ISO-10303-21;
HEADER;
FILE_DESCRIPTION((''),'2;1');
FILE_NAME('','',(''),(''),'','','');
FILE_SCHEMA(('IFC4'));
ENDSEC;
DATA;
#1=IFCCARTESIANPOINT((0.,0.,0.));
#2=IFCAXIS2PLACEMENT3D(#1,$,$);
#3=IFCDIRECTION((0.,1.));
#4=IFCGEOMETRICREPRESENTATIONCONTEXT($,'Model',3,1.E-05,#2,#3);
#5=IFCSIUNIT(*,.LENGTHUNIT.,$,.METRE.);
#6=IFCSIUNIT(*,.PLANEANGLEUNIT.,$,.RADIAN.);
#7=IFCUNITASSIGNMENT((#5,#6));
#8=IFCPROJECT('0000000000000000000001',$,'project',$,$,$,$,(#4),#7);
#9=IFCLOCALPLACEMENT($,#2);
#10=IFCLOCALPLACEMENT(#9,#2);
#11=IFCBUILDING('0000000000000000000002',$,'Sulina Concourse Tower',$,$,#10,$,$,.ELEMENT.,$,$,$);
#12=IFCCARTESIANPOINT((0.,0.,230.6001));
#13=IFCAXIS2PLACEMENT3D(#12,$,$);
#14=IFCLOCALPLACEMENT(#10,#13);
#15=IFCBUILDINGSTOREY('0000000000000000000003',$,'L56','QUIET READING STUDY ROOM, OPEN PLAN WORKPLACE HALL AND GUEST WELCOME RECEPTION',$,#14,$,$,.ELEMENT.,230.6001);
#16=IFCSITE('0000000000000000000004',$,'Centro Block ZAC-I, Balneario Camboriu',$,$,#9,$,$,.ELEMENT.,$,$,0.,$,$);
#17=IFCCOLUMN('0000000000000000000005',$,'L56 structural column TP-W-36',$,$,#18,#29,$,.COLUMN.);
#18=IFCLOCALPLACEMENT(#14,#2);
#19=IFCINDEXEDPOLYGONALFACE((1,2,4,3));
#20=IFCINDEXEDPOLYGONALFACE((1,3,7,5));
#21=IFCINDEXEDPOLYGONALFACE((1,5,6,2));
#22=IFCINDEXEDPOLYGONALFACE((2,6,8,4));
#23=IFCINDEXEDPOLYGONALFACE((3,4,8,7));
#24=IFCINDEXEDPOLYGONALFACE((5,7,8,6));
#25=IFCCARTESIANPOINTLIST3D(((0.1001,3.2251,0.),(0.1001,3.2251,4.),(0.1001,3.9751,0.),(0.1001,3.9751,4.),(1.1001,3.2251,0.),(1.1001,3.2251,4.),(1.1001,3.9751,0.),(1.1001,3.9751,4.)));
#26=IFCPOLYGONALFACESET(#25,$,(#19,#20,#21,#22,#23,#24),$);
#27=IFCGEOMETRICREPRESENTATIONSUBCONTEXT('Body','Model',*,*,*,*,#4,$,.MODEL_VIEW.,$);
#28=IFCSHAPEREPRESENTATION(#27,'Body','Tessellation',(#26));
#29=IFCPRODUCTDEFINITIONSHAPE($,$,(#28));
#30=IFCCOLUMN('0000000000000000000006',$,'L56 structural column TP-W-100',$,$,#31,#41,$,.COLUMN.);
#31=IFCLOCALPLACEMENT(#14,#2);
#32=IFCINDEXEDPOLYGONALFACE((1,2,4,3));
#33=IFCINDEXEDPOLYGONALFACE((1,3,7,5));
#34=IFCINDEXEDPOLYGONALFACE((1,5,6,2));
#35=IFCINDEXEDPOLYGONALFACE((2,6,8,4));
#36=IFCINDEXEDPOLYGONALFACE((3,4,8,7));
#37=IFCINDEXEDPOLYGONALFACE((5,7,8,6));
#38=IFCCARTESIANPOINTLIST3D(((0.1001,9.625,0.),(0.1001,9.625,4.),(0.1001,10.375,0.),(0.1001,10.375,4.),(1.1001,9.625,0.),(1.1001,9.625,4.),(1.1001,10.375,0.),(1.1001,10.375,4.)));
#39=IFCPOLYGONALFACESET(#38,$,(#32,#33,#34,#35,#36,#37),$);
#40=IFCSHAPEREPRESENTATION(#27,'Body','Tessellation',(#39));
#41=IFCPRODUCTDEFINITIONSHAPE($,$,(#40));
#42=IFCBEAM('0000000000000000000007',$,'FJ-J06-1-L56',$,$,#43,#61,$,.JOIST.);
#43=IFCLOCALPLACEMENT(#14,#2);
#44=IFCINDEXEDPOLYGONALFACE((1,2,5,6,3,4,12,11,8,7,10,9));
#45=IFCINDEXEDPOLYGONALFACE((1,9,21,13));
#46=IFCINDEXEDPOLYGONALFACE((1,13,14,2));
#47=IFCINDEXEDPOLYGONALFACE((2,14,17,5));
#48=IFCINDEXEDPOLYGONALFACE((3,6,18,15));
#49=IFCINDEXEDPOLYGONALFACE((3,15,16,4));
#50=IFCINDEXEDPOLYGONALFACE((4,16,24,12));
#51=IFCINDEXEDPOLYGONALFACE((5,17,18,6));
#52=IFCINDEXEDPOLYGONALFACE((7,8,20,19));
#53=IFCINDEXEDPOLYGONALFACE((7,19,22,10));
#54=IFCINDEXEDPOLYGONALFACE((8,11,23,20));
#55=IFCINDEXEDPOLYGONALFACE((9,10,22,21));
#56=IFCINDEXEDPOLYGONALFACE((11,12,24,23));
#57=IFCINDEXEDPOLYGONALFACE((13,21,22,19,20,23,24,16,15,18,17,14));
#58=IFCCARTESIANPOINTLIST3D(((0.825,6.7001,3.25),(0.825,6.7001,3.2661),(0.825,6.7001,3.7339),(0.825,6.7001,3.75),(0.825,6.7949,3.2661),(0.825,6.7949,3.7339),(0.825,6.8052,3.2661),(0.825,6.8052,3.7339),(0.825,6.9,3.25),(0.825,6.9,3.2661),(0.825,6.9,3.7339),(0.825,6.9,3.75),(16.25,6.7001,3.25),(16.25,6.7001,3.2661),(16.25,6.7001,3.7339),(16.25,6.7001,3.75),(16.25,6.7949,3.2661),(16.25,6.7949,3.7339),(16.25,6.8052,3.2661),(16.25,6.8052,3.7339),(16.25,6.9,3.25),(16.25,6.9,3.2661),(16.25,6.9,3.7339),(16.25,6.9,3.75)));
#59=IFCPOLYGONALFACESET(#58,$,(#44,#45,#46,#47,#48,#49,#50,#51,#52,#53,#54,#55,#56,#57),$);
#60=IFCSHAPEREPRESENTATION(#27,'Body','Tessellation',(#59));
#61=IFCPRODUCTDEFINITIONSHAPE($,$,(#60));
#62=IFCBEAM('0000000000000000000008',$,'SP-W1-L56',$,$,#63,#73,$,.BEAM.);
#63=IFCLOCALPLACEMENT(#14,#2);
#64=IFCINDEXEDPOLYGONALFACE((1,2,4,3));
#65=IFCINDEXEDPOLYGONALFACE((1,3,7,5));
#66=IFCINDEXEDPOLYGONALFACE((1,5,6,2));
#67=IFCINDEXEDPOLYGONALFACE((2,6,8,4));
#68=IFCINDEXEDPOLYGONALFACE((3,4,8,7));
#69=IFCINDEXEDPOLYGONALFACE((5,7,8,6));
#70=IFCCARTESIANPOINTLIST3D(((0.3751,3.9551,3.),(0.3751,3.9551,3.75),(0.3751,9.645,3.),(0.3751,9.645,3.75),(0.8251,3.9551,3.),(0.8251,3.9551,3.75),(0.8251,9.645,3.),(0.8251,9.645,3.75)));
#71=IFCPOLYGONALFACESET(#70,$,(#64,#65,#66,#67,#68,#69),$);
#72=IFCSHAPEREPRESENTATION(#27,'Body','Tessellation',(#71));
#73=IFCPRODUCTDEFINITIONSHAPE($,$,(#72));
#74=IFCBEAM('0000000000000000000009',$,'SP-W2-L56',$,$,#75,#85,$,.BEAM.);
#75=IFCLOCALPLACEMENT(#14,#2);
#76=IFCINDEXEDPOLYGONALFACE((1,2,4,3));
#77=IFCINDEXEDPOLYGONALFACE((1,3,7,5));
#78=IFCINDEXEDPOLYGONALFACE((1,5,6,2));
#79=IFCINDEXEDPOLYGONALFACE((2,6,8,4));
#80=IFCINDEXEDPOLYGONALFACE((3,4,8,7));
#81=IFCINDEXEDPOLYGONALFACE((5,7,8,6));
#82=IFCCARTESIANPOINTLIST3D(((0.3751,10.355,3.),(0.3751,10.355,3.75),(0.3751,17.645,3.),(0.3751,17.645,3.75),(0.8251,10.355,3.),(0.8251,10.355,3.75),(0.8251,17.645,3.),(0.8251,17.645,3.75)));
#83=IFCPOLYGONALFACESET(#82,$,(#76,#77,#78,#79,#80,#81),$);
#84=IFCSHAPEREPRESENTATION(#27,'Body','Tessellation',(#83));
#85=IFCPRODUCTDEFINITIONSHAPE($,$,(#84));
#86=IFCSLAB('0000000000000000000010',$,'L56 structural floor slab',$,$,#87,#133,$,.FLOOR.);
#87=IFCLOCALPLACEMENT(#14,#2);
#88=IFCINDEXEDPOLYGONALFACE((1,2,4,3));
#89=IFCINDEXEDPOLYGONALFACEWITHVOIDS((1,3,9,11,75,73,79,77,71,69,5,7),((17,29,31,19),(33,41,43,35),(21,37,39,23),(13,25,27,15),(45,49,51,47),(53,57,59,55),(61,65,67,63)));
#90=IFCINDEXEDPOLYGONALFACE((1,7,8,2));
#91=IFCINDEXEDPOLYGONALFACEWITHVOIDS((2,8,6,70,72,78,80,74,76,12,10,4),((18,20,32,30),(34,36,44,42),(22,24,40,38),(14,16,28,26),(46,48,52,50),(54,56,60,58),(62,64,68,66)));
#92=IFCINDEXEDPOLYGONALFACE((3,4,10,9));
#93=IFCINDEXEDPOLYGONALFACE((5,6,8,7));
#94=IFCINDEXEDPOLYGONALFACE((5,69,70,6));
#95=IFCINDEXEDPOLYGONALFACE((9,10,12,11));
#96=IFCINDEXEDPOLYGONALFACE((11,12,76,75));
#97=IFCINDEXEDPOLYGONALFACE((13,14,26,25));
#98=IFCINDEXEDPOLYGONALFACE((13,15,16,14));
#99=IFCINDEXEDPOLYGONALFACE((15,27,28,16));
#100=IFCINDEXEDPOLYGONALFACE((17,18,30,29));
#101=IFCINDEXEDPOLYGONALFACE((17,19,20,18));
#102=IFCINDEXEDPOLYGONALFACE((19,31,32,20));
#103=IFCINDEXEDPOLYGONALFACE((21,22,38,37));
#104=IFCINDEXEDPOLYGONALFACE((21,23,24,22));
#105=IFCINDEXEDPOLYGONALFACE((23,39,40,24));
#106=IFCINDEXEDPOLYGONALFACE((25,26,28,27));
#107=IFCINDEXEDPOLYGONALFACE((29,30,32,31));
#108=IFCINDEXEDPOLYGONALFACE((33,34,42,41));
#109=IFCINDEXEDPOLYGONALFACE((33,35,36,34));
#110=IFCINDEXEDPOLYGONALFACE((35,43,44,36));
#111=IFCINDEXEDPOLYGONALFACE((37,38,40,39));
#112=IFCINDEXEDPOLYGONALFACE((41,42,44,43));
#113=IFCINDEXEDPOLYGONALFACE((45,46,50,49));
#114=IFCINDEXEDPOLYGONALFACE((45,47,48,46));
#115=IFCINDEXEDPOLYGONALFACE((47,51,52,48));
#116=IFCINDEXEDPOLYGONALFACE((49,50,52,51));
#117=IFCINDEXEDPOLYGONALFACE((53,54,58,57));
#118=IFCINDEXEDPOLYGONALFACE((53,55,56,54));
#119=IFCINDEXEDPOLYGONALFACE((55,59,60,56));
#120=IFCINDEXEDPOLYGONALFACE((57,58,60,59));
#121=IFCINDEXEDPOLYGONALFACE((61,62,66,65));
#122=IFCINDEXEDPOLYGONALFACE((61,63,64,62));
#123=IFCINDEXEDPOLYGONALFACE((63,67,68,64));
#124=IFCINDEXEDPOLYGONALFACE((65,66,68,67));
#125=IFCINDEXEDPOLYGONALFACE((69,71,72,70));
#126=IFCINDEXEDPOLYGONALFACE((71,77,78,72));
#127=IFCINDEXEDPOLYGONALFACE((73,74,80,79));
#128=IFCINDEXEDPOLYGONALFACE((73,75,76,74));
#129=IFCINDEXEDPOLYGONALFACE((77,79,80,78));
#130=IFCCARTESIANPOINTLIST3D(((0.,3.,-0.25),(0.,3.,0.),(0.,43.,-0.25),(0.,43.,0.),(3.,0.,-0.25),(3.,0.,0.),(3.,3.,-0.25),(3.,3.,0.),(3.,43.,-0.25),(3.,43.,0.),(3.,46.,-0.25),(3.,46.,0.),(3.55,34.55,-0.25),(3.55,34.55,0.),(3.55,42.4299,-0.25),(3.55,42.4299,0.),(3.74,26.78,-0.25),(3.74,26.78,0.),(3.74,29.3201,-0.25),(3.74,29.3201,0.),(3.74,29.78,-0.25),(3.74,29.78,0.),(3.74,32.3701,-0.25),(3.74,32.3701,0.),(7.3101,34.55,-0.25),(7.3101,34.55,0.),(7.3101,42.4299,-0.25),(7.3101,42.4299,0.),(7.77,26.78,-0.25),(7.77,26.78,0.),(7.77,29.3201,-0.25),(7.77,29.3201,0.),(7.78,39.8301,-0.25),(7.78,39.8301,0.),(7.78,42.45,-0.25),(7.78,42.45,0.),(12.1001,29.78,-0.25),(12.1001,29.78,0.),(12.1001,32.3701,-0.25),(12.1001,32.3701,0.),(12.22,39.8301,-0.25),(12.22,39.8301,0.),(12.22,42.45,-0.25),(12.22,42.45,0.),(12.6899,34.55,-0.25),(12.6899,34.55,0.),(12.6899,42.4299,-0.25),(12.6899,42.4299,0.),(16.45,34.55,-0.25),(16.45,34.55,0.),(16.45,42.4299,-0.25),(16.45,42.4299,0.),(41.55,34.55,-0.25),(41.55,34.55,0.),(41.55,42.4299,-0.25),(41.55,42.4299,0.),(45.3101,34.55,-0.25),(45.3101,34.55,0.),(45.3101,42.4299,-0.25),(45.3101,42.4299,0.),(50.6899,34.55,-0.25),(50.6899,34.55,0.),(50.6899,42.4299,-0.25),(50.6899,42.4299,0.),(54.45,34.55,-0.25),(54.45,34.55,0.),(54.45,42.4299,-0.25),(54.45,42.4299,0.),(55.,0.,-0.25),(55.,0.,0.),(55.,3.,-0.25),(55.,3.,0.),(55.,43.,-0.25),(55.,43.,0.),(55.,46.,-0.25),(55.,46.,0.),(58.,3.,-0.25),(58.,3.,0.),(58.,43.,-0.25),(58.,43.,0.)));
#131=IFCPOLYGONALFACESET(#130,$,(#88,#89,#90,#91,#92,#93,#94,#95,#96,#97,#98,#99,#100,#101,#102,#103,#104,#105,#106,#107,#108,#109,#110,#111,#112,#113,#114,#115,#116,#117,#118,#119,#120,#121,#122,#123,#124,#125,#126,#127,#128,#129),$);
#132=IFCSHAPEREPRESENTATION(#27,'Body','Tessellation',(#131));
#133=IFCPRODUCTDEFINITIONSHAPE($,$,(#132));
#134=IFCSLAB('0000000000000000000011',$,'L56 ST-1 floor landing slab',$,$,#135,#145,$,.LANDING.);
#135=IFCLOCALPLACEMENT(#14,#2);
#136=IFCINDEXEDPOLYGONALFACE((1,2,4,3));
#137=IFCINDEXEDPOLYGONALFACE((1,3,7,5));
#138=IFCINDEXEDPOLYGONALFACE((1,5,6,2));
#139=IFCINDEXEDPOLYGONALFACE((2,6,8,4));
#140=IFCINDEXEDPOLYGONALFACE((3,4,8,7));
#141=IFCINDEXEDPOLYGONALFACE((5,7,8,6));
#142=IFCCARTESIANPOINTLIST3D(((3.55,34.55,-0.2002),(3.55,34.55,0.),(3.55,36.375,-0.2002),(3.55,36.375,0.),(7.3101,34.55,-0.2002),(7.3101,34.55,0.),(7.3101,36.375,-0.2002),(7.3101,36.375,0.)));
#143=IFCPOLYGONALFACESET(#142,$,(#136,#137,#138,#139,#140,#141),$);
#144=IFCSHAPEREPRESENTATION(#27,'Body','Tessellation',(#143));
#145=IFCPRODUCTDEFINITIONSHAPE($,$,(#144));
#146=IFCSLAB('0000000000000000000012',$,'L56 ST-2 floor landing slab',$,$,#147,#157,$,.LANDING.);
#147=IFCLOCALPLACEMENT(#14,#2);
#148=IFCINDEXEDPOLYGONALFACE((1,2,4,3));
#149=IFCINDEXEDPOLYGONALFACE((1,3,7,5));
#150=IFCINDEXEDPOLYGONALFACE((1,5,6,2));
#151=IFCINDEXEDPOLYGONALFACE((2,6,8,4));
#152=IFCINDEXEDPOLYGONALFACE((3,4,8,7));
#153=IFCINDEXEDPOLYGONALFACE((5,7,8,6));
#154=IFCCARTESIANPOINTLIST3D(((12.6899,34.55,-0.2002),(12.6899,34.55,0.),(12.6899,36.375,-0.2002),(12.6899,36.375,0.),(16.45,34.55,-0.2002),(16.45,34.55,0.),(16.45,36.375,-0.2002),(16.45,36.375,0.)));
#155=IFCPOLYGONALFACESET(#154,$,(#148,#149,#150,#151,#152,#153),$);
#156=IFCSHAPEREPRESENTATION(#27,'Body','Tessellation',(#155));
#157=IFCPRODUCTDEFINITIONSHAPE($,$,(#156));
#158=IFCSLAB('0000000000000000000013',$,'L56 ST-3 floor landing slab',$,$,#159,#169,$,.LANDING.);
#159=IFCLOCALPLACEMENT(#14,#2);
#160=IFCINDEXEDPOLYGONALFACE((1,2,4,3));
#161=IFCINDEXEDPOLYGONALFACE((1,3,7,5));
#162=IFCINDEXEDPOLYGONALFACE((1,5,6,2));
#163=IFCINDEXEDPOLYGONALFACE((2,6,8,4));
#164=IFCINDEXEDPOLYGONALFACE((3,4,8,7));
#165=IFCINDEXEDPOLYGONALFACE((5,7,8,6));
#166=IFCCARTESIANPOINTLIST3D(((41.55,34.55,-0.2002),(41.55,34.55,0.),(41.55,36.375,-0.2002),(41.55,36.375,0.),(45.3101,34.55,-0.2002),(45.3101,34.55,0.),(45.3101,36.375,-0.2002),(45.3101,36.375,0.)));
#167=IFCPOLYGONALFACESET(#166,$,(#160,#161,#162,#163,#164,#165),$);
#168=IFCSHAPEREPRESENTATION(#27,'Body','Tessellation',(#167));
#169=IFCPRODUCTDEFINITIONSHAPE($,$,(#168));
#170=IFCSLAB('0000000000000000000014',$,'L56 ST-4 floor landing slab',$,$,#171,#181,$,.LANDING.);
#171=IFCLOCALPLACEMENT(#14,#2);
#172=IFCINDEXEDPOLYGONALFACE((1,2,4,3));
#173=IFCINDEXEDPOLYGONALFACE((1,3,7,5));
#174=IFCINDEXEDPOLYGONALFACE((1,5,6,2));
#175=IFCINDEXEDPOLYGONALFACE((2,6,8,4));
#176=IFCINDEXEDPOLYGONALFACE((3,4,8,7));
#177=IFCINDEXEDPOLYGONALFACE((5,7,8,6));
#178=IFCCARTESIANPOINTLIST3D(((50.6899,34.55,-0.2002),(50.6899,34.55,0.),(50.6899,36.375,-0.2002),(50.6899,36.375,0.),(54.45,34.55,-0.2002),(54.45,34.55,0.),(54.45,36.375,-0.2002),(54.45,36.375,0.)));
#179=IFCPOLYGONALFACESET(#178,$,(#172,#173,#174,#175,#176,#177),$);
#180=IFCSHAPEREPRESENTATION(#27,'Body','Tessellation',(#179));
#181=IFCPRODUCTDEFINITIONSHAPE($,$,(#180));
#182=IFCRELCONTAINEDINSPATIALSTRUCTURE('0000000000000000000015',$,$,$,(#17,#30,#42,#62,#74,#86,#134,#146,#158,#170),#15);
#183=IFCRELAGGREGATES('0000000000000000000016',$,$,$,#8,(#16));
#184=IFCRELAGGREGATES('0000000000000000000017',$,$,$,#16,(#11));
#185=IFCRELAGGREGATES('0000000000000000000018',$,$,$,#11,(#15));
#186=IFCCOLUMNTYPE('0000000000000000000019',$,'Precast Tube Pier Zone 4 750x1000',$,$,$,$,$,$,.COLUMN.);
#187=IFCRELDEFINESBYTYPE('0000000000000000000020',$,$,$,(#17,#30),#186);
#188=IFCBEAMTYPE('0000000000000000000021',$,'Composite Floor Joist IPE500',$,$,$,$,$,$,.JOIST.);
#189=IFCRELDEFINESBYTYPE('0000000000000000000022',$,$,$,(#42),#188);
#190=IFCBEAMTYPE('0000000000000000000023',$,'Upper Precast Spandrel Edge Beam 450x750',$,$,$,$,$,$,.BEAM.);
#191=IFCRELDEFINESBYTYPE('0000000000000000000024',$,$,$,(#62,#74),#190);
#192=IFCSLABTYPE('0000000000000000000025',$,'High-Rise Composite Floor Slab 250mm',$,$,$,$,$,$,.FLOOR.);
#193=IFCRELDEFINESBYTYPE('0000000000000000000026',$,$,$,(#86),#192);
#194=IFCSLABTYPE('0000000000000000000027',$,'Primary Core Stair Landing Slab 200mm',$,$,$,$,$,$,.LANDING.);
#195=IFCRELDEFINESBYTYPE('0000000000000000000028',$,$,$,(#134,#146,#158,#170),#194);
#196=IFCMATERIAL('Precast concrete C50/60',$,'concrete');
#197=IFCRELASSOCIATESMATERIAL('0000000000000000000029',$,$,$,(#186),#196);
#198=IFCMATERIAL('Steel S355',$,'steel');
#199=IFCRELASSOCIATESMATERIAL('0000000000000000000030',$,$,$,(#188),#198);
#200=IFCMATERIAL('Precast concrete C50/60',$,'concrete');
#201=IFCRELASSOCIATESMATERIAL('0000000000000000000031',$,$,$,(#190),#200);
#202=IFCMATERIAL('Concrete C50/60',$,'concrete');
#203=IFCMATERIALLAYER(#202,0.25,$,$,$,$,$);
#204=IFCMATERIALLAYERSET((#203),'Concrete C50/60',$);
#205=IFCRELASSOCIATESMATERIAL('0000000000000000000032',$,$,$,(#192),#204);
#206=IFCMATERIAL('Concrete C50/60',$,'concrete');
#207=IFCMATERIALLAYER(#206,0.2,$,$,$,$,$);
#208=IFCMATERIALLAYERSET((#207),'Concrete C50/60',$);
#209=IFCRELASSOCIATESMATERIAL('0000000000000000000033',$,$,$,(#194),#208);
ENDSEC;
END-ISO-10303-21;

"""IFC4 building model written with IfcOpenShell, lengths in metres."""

from ifc_helpers import new_model, si_unit, direction, frame, origin, origin_2d, place, context, subcontext, project, spatial, polyline, rectangle, i_section, outline, extrude, material, layer, layer_set, material_profile, profile_set, type_object, element, save


model = new_model("IFC4")

# Units and contexts
model_context = context("Model", 3, precision=1e-05, world=origin(), true_north=direction((0.0, 1.0)))
body_context = subcontext(model_context, "Body", "Model", "MODEL_VIEW")
ifc_project = project(units=[si_unit("LENGTHUNIT", "METRE"), si_unit("PLANEANGLEUNIT", "RADIAN")], contexts=[model_context])

# Site, building, storey
site_placement = place(None, origin())
site = spatial("IfcSite", under=ifc_project, at=site_placement, Name="Centro Block ZAC-I, Balneario Camboriu", CompositionType="ELEMENT", RefElevation=0.0)
building_placement = place(site_placement, origin())
building = spatial("IfcBuilding", under=site, at=building_placement, Name="Sulina Concourse Tower", CompositionType="ELEMENT")
storey_placement = place(building_placement, frame((0.0, 0.0, 230.6001)))
storey = spatial("IfcBuildingStorey", under=building, at=storey_placement, Name="L56", Description="QUIET READING STUDY ROOM, OPEN PLAN WORKPLACE HALL AND GUEST WELCOME RECEPTION", CompositionType="ELEMENT", Elevation=230.6001)

# Columns
ifc_material_1 = material(Name="Precast concrete C50/60", Category="concrete")
ifc_material_profile_1 = material_profile(ifc_material_1, rectangle(XDim=0.75, YDim=1.0, at=origin_2d()), Name="PC 750x1000")
ifc_profile_set_1 = profile_set([ifc_material_profile_1], Name="Precast concrete C50/60")
column_type = type_object("IfcColumnType", Name="Precast Tube Pier Zone 4 750x1000", PredefinedType="COLUMN", material=ifc_profile_set_1)
for number, where, z_axis, x_axis, name in (
    (1, (0.6001, 3.6001, 0.0), (0.0, 0.0, 1.0), (0.0, 1.0, 0.0), "L56 structural column TP-W-36"),
    (2, (0.6001, 10.0, 0.0), (0.0, 0.0, 1.0), (0.0, 1.0, 0.0), "L56 structural column TP-W-100"),
):
    element("IfcColumn", number, at=place(storey_placement, frame(where, z_axis=z_axis, x_axis=x_axis)), inside=storey, type_object=column_type, Name=name, PredefinedType="COLUMN", context=body_context, shape_type="SweptSolid", body=[
        extrude(rectangle(XDim=0.75, YDim=1.0, at=origin_2d()), origin(), (0.0, 0.0, 1.0), 4.0),
    ])

# Beams
ifc_material_2 = material(Name="Steel S355", Category="steel")
ifc_material_profile_2 = material_profile(ifc_material_2, i_section(OverallWidth=0.2, OverallDepth=0.5, WebThickness=0.0103, FlangeThickness=0.0161, at=origin_2d()), Name="IPE 500")
ifc_profile_set_2 = profile_set([ifc_material_profile_2], Name="Steel S355")
beam_type_1 = type_object("IfcBeamType", Name="Composite Floor Joist IPE500", PredefinedType="JOIST", material=ifc_profile_set_2)
beam_1_placement = place(storey_placement, frame((0.825, 6.8, 3.5), z_axis=(1.0, 0.0, 0.0), x_axis=(0.0, 1.0, 0.0)))
element("IfcBeam", 3, at=beam_1_placement, inside=storey, type_object=beam_type_1, Name="FJ-J06-1-L56", PredefinedType="JOIST", context=body_context, shape_type="SweptSolid", body=[
    extrude(i_section(OverallWidth=0.2, OverallDepth=0.5, WebThickness=0.0103, FlangeThickness=0.0161, at=origin_2d()), origin(), (0.0, 0.0, 1.0), 15.425),
])
ifc_material_3 = material(Name="Precast concrete C50/60", Category="concrete")
ifc_material_profile_3 = material_profile(ifc_material_3, rectangle(XDim=0.45, YDim=0.75, at=origin_2d()), Name="RC 450x750")
ifc_profile_set_3 = profile_set([ifc_material_profile_3], Name="Precast concrete C50/60")
beam_type_2 = type_object("IfcBeamType", Name="Upper Precast Spandrel Edge Beam 450x750", PredefinedType="BEAM", material=ifc_profile_set_3)
beam_2_placement = place(storey_placement, frame((0.6001, 3.9551, 3.375), z_axis=(0.0, 1.0, 0.0), x_axis=(-1.0, 0.0, 0.0)))
element("IfcBeam", 4, at=beam_2_placement, inside=storey, type_object=beam_type_2, Name="SP-W1-L56", PredefinedType="BEAM", context=body_context, shape_type="SweptSolid", body=[
    extrude(rectangle(XDim=0.45, YDim=0.75, at=origin_2d()), origin(), (0.0, 0.0, 1.0), 5.6899),
])
beam_3_placement = place(storey_placement, frame((0.6001, 10.355, 3.375), z_axis=(0.0, 1.0, 0.0), x_axis=(-1.0, 0.0, 0.0)))
element("IfcBeam", 5, at=beam_3_placement, inside=storey, type_object=beam_type_2, Name="SP-W2-L56", PredefinedType="BEAM", context=body_context, shape_type="SweptSolid", body=[
    extrude(rectangle(XDim=0.45, YDim=0.75, at=origin_2d()), origin(), (0.0, 0.0, 1.0), 7.29),
])

# Slabs
ifc_material_4 = material(Name="Concrete C50/60", Category="concrete")
ifc_layer_1 = layer(ifc_material_4, 0.25)
ifc_layer_set_1 = layer_set([ifc_layer_1], Name="Concrete C50/60")
slab_type_1 = type_object("IfcSlabType", Name="High-Rise Composite Floor Slab 250mm", PredefinedType="FLOOR", material=ifc_layer_set_1)
slab_1_placement = place(storey_placement, frame((0.0, 0.0, -0.25)))
element("IfcSlab", 6, at=slab_1_placement, inside=storey, type_object=slab_type_1, Name="L56 structural floor slab", PredefinedType="FLOOR", context=body_context, shape_type="SweptSolid", body=[
    extrude(outline(polyline([(3.0, 0.0), (55.0, 0.0), (55.0, 3.0), (58.0, 3.0), (58.0, 43.0), (55.0, 43.0), (55.0, 46.0), (3.0, 46.0), (3.0, 43.0), (0.0, 43.0), (0.0, 3.0), (3.0, 3.0), (3.0, 0.0)]), holes=[polyline([(7.3101, 34.55), (7.3101, 42.4299), (3.55, 42.4299), (3.55, 34.55), (7.3101, 34.55)]), polyline([(16.45, 34.55), (16.45, 42.4299), (12.6899, 42.4299), (12.6899, 34.55), (16.45, 34.55)]), polyline([(45.3101, 34.55), (45.3101, 42.4299), (41.55, 42.4299), (41.55, 34.55), (45.3101, 34.55)]), polyline([(54.45, 34.55), (54.45, 42.4299), (50.6899, 42.4299), (50.6899, 34.55), (54.45, 34.55)]), polyline([(7.78, 39.8301), (12.22, 39.8301), (12.22, 42.45), (7.78, 42.45), (7.78, 39.8301)]), polyline([(3.74, 26.78), (7.77, 26.78), (7.77, 29.3201), (3.74, 29.3201), (3.74, 26.78)]), polyline([(3.74, 29.78), (12.1001, 29.78), (12.1001, 32.3701), (3.74, 32.3701), (3.74, 29.78)])]), origin(), (0.0, 0.0, 1.0), 0.25),
])
ifc_material_5 = material(Name="Concrete C50/60", Category="concrete")
ifc_layer_2 = layer(ifc_material_5, 0.2)
ifc_layer_set_2 = layer_set([ifc_layer_2], Name="Concrete C50/60")
slab_type_2 = type_object("IfcSlabType", Name="Primary Core Stair Landing Slab 200mm", PredefinedType="LANDING", material=ifc_layer_set_2)
slab_2_placement = place(storey_placement, frame((0.0, 0.0, -0.2002)))
element("IfcSlab", 7, at=slab_2_placement, inside=storey, type_object=slab_type_2, Name="L56 ST-1 floor landing slab", PredefinedType="LANDING", context=body_context, shape_type="SweptSolid", body=[
    extrude(outline(polyline([(7.3101, 34.55), (7.3101, 36.375), (3.55, 36.375), (3.55, 34.55), (7.3101, 34.55)])), origin(), (0.0, 0.0, 1.0), 0.2002),
])
slab_3_placement = place(storey_placement, frame((0.0, 0.0, -0.2002)))
element("IfcSlab", 8, at=slab_3_placement, inside=storey, type_object=slab_type_2, Name="L56 ST-2 floor landing slab", PredefinedType="LANDING", context=body_context, shape_type="SweptSolid", body=[
    extrude(outline(polyline([(16.45, 34.55), (16.45, 36.375), (12.6899, 36.375), (12.6899, 34.55), (16.45, 34.55)])), origin(), (0.0, 0.0, 1.0), 0.2002),
])
slab_4_placement = place(storey_placement, frame((0.0, 0.0, -0.2002)))
element("IfcSlab", 9, at=slab_4_placement, inside=storey, type_object=slab_type_2, Name="L56 ST-3 floor landing slab", PredefinedType="LANDING", context=body_context, shape_type="SweptSolid", body=[
    extrude(outline(polyline([(45.3101, 34.55), (45.3101, 36.375), (41.55, 36.375), (41.55, 34.55), (45.3101, 34.55)])), origin(), (0.0, 0.0, 1.0), 0.2002),
])
slab_5_placement = place(storey_placement, frame((0.0, 0.0, -0.2002)))
element("IfcSlab", 10, at=slab_5_placement, inside=storey, type_object=slab_type_2, Name="L56 ST-4 floor landing slab", PredefinedType="LANDING", context=body_context, shape_type="SweptSolid", body=[
    extrude(outline(polyline([(54.45, 34.55), (54.45, 36.375), (50.6899, 36.375), (50.6899, 34.55), (54.45, 34.55)])), origin(), (0.0, 0.0, 1.0), 0.2002),
])

save(model, "model.ifc")
